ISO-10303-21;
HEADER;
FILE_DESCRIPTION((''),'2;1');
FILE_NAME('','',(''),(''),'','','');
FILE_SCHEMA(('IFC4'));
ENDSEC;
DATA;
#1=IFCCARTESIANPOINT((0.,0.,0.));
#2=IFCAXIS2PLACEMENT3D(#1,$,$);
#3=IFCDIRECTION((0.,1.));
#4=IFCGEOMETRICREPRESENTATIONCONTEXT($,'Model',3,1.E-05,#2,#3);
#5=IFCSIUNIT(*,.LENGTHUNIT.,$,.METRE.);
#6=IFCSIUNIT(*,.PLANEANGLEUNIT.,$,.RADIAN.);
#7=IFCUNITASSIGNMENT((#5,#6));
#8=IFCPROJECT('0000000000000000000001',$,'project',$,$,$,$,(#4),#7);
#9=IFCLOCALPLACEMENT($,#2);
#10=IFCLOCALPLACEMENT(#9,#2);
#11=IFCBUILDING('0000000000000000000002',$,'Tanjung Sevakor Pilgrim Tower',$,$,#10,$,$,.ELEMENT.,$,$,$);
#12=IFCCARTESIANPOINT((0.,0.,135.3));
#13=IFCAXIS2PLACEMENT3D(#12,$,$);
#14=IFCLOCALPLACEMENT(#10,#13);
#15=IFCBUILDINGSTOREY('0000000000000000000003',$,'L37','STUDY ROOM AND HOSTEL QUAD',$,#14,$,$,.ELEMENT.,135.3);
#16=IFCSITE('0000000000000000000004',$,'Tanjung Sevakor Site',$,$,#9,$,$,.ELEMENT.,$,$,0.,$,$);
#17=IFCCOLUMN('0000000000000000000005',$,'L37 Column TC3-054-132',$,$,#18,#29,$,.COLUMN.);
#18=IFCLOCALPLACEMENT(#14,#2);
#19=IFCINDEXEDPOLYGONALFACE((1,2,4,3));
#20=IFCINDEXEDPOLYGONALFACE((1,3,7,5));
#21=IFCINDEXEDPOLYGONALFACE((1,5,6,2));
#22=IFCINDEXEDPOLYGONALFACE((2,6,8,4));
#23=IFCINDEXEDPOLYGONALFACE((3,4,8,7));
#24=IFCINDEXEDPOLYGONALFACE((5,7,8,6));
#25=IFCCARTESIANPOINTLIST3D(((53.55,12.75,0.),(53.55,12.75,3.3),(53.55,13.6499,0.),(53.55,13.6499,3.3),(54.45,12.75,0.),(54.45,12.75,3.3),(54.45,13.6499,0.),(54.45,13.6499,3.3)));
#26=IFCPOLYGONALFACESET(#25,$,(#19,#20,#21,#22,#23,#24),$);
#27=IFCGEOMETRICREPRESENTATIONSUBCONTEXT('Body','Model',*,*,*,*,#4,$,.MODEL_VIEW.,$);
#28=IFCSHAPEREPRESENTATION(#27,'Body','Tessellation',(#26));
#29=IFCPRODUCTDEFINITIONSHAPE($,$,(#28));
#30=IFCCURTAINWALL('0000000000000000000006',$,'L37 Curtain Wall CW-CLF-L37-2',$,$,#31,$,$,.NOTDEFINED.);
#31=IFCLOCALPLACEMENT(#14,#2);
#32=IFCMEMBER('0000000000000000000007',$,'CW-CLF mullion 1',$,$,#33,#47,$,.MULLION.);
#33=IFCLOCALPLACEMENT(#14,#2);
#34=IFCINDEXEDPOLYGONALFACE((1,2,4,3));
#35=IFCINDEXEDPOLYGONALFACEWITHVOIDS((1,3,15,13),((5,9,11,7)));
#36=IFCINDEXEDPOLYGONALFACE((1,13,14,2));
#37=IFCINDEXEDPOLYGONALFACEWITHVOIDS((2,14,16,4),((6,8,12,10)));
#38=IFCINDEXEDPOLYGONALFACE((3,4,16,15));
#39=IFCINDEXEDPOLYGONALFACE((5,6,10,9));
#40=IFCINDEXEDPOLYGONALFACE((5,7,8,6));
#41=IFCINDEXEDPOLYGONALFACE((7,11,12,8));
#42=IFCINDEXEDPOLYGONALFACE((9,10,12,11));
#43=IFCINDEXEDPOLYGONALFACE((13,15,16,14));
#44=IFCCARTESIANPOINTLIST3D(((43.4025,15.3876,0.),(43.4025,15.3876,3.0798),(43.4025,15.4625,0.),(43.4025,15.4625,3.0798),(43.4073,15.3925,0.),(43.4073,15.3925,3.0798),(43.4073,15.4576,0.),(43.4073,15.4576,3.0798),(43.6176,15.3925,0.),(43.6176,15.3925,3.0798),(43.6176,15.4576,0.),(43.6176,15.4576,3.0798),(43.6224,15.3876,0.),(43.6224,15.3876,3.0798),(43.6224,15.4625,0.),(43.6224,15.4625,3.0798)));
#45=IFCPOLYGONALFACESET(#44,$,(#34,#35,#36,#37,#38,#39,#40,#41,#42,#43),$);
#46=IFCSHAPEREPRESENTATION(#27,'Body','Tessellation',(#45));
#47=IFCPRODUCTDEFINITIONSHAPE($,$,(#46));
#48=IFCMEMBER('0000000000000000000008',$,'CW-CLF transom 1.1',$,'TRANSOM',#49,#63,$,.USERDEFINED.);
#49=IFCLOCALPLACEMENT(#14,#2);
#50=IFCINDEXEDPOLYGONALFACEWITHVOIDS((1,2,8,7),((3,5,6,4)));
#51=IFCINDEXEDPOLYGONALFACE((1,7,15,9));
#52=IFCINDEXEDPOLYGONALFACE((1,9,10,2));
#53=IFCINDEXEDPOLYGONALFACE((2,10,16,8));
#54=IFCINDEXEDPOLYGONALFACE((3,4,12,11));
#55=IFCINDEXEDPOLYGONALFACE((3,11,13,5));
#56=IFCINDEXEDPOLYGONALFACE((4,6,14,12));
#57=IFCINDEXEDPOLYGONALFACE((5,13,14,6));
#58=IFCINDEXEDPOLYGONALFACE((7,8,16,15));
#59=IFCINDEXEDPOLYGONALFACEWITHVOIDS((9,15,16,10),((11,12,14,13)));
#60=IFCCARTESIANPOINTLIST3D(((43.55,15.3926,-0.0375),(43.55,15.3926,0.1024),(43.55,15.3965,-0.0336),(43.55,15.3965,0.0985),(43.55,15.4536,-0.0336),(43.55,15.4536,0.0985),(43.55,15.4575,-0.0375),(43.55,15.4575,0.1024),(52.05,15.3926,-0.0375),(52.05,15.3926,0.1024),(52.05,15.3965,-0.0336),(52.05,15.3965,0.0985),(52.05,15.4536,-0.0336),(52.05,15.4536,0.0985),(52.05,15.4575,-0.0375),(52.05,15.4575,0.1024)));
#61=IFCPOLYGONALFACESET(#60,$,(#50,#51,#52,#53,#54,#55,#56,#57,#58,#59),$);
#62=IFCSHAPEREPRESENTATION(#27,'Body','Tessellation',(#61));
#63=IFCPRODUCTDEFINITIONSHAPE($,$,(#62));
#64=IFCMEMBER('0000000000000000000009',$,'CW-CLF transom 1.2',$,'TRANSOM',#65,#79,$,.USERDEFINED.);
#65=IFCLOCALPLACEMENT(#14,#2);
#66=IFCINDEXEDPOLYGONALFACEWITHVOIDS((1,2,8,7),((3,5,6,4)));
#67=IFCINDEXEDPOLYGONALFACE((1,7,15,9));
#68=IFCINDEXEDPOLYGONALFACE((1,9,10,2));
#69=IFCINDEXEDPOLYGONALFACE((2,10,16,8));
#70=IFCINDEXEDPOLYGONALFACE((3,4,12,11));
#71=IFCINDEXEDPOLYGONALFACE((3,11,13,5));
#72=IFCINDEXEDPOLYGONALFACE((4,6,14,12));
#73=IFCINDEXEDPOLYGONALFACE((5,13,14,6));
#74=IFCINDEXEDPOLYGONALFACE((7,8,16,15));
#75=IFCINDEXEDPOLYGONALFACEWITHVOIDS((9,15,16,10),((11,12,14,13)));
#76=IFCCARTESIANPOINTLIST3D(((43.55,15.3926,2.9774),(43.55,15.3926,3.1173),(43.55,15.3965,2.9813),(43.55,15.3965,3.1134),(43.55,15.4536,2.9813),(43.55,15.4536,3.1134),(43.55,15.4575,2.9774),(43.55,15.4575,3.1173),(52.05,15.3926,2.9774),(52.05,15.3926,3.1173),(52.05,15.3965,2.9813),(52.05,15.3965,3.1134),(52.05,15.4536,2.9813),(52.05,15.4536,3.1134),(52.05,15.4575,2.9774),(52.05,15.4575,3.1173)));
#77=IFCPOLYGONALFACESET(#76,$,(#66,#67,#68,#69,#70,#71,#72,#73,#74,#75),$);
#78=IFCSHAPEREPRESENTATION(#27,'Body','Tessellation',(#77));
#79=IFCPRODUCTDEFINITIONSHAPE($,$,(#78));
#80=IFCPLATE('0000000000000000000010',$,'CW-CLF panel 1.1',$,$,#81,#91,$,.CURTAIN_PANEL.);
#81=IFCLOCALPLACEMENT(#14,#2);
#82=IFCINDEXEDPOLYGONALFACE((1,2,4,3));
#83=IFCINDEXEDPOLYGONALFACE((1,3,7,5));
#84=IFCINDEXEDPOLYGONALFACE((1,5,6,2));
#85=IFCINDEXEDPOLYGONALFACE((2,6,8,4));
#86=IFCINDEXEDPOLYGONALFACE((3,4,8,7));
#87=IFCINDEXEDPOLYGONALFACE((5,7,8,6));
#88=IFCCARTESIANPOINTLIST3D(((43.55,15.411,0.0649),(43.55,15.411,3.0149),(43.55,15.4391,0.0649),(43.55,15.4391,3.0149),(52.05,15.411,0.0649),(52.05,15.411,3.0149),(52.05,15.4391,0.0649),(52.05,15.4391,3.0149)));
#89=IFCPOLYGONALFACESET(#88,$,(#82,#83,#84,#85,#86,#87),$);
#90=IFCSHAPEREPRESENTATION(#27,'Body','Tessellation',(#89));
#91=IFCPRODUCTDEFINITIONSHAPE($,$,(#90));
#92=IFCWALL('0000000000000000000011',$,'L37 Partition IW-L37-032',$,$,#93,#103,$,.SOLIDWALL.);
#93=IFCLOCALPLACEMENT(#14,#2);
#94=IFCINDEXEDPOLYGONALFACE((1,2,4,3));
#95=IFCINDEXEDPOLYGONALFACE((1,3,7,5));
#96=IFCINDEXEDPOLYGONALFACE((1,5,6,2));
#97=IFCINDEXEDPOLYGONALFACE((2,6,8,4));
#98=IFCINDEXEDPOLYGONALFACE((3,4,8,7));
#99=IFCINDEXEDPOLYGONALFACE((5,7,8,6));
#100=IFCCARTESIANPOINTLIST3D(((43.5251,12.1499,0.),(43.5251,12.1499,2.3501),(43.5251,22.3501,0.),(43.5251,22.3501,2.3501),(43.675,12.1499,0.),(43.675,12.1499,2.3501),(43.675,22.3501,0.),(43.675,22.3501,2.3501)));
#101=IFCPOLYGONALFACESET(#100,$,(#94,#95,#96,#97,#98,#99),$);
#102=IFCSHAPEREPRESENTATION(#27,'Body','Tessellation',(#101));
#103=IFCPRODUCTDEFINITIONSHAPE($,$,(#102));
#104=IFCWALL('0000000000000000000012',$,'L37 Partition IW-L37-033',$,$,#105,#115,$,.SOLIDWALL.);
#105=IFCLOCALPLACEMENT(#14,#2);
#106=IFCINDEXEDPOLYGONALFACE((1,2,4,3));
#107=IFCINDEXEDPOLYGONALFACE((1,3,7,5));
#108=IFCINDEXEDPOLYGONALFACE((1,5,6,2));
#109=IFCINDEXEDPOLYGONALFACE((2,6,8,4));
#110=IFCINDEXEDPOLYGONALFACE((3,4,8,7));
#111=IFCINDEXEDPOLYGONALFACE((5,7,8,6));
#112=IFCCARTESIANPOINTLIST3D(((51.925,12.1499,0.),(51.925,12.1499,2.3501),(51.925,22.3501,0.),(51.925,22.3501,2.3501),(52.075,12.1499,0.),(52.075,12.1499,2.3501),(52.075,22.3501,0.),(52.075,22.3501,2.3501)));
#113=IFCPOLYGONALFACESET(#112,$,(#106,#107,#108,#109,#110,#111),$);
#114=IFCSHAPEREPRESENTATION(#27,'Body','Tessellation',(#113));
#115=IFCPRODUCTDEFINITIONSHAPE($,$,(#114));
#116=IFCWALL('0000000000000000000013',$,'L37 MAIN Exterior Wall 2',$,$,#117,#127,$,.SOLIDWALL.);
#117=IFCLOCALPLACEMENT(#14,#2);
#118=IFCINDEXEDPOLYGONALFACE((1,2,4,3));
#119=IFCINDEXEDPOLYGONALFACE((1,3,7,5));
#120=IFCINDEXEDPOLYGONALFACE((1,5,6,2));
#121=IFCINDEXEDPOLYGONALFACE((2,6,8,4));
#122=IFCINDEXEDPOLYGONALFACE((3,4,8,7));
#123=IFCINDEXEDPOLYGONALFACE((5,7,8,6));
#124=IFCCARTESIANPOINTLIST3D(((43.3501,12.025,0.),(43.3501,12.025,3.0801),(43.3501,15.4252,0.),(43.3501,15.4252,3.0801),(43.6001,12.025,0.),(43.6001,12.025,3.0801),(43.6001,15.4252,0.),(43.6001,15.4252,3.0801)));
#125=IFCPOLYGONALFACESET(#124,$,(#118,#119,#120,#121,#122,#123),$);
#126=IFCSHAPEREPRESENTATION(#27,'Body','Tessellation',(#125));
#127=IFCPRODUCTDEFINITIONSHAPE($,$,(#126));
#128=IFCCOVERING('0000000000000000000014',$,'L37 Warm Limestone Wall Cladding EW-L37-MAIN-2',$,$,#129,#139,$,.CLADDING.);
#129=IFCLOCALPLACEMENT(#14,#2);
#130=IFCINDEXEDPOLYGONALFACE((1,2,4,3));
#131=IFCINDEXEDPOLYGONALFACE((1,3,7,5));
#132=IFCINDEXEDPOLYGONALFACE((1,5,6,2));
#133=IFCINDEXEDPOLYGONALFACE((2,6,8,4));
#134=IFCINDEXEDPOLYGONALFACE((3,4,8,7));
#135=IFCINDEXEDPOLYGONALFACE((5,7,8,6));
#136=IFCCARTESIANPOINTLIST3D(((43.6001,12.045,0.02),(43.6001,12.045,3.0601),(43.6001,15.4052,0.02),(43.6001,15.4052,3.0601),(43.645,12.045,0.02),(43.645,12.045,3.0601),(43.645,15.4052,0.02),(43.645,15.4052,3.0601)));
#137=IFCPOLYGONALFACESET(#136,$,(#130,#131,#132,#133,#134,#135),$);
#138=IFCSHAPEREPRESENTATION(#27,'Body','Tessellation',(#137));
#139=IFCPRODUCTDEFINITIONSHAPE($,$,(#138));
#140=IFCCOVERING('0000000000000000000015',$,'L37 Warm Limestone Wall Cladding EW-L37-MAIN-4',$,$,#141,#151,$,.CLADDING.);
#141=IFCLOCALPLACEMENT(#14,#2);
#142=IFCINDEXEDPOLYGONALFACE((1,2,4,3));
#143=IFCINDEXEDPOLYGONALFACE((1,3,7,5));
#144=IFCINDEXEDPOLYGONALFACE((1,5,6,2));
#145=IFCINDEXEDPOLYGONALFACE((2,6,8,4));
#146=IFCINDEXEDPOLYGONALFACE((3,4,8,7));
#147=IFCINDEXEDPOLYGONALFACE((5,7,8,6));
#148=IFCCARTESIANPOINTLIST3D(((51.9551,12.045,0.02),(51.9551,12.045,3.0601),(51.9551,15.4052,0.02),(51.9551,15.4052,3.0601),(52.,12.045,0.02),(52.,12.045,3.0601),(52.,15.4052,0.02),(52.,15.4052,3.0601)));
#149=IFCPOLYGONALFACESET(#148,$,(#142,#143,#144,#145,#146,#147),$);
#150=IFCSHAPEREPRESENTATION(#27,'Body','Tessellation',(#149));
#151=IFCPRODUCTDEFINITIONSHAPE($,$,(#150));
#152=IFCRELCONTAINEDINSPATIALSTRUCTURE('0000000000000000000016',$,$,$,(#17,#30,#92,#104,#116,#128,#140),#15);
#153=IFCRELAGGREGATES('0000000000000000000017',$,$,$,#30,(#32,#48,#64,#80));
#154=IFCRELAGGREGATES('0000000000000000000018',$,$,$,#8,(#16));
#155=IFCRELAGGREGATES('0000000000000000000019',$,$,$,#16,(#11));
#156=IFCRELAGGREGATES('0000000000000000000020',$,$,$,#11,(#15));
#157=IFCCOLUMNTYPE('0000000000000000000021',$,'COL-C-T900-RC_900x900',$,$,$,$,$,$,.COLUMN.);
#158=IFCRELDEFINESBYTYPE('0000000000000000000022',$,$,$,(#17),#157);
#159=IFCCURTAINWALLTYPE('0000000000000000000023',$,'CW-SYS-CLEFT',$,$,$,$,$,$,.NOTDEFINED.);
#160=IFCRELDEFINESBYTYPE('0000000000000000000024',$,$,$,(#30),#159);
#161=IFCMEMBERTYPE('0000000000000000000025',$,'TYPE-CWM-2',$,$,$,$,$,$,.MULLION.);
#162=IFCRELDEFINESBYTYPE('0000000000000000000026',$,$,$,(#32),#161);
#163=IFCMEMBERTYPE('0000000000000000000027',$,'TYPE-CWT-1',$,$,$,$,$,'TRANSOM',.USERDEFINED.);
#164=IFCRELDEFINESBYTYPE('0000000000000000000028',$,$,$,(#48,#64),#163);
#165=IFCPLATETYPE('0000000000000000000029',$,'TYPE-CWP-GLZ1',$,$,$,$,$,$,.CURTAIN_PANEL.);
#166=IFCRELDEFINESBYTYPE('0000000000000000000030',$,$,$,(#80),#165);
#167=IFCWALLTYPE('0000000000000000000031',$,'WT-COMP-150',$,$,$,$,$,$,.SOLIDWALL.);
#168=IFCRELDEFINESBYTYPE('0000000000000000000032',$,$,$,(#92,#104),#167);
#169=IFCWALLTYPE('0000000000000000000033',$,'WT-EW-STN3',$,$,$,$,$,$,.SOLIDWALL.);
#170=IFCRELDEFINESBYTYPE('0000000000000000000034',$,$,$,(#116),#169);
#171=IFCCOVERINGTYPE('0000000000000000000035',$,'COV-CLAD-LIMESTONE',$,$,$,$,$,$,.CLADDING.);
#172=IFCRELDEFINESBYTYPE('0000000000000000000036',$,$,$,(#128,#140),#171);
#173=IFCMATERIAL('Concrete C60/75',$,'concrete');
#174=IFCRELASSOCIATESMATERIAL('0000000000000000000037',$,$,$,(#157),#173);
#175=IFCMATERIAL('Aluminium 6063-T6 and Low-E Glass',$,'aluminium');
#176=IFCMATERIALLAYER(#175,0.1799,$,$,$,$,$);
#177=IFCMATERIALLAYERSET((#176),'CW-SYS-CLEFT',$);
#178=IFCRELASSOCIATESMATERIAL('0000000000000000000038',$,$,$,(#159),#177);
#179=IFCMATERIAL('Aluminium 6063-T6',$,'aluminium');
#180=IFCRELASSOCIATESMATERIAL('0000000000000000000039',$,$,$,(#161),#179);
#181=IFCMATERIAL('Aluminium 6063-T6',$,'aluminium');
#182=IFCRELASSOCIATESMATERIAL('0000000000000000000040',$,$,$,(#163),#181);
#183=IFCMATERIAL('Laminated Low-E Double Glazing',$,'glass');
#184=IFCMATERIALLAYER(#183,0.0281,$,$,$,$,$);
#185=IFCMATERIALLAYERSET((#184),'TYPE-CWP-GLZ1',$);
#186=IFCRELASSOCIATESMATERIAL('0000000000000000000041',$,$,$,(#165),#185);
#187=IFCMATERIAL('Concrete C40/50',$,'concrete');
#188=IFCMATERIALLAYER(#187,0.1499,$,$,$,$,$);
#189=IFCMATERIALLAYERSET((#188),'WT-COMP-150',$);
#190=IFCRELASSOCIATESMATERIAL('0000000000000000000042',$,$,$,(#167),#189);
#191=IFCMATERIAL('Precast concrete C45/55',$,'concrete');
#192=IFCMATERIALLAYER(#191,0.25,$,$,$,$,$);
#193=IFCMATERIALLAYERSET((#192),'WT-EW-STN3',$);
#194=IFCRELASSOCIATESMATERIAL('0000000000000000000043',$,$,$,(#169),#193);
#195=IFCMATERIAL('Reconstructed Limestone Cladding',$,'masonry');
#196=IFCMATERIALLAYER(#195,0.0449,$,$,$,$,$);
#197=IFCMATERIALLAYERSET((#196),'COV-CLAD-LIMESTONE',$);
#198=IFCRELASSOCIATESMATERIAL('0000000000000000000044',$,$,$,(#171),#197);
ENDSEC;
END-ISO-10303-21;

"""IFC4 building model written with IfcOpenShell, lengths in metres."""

from ifc_helpers import new_model, si_unit, direction, frame, frame_2d, origin, origin_2d, place, context, subcontext, project, spatial, rectangle, hollow_rectangle, extrude, material, layer, layer_set, material_profile, profile_set, type_object, element, aggregate, save


model = new_model("IFC4")

# Units and contexts
model_context = context("Model", 3, precision=1e-05, world=origin(), true_north=direction((0.0, 1.0)))
body_context = subcontext(model_context, "Body", "Model", "MODEL_VIEW")
ifc_project = project(units=[si_unit("LENGTHUNIT", "METRE"), si_unit("PLANEANGLEUNIT", "RADIAN")], contexts=[model_context])

# Site, building, storey
site_placement = place(None, origin())
site = spatial("IfcSite", under=ifc_project, at=site_placement, Name="Tanjung Sevakor Site", CompositionType="ELEMENT", RefElevation=0.0)
building_placement = place(site_placement, origin())
building = spatial("IfcBuilding", under=site, at=building_placement, Name="Tanjung Sevakor Pilgrim Tower", CompositionType="ELEMENT")
storey_placement = place(building_placement, frame((0.0, 0.0, 135.3)))
storey = spatial("IfcBuildingStorey", under=building, at=storey_placement, Name="L37", Description="STUDY ROOM AND HOSTEL QUAD", CompositionType="ELEMENT", Elevation=135.3)

# Column
ifc_material_1 = material(Name="Concrete C60/75", Category="concrete")
ifc_material_profile_1 = material_profile(ifc_material_1, rectangle(XDim=0.8999, YDim=0.8999, at=origin_2d()))
ifc_profile_set_1 = profile_set([ifc_material_profile_1], Name="Concrete C60/75")
column_type = type_object("IfcColumnType", Name="COL-C-T900-RC_900x900", PredefinedType="COLUMN", material=ifc_profile_set_1)
column_placement = place(storey_placement, frame((54.0, 13.2, 0.0), z_axis=(0.0, 0.0, 1.0), x_axis=(1.0, 0.0, 0.0)))
element("IfcColumn", 1, at=column_placement, inside=storey, type_object=column_type, Name="L37 Column TC3-054-132", PredefinedType="COLUMN", context=body_context, shape_type="SweptSolid", body=[
    extrude(rectangle(XDim=0.8999, YDim=0.8999, at=origin_2d()), origin(), (0.0, 0.0, 1.0), 3.3),
])

# Curtain wall, members, plate
ifc_material_2 = material(Name="Aluminium 6063-T6 and Low-E Glass", Category="aluminium")
ifc_layer_1 = layer(ifc_material_2, 0.1799)
ifc_layer_set_1 = layer_set([ifc_layer_1], Name="CW-SYS-CLEFT")
curtain_wall_type = type_object("IfcCurtainWallType", Name="CW-SYS-CLEFT", PredefinedType="NOTDEFINED", material=ifc_layer_set_1)
curtain_wall_placement = place(storey_placement, origin())
curtain_wall = element("IfcCurtainWall", 2, at=curtain_wall_placement, inside=storey, type_object=curtain_wall_type, Name="L37 Curtain Wall CW-CLF-L37-2", PredefinedType="NOTDEFINED")
ifc_material_3 = material(Name="Aluminium 6063-T6", Category="aluminium")
ifc_material_profile_2 = material_profile(ifc_material_3, hollow_rectangle(XDim=0.075, YDim=0.22, WallThickness=0.0049, at=origin_2d()))
ifc_profile_set_2 = profile_set([ifc_material_profile_2], Name="Aluminium 6063-T6")
member_type_1 = type_object("IfcMemberType", Name="TYPE-CWM-2", PredefinedType="MULLION", material=ifc_profile_set_2)
member_1_placement = place(storey_placement, frame((43.5125, 15.425, 0.0), z_axis=(0.0, 0.0, 1.0), x_axis=(0.0, 1.0, 0.0)))
member_1 = element("IfcMember", 3, at=member_1_placement, type_object=member_type_1, Name="CW-CLF mullion 1", PredefinedType="MULLION", context=body_context, shape_type="SweptSolid", body=[
    extrude(hollow_rectangle(XDim=0.075, YDim=0.22, WallThickness=0.0049, at=origin_2d()), origin(), (0.0, 0.0, 1.0), 3.0798),
])
ifc_material_4 = material(Name="Aluminium 6063-T6", Category="aluminium")
ifc_material_profile_3 = material_profile(ifc_material_4, hollow_rectangle(XDim=0.0649, YDim=0.1399, WallThickness=0.0039, at=origin_2d()))
ifc_profile_set_3 = profile_set([ifc_material_profile_3], Name="Aluminium 6063-T6")
member_type_2 = type_object("IfcMemberType", Name="TYPE-CWT-1", ElementType="TRANSOM", PredefinedType="USERDEFINED", material=ifc_profile_set_3)
member_2_placement = place(storey_placement, frame((43.55, 15.425, 0.0325), z_axis=(1.0, 0.0, 0.0), x_axis=(0.0, 1.0, 0.0)))
member_2 = element("IfcMember", 4, at=member_2_placement, type_object=member_type_2, Name="CW-CLF transom 1.1", ObjectType="TRANSOM", PredefinedType="USERDEFINED", context=body_context, shape_type="SweptSolid", body=[
    extrude(hollow_rectangle(XDim=0.0649, YDim=0.1399, WallThickness=0.0039, at=origin_2d()), origin(), (0.0, 0.0, 1.0), 8.5),
])
member_3_placement = place(storey_placement, frame((43.55, 15.425, 3.0474), z_axis=(1.0, 0.0, 0.0), x_axis=(0.0, 1.0, 0.0)))
member_3 = element("IfcMember", 5, at=member_3_placement, type_object=member_type_2, Name="CW-CLF transom 1.2", ObjectType="TRANSOM", PredefinedType="USERDEFINED", context=body_context, shape_type="SweptSolid", body=[
    extrude(hollow_rectangle(XDim=0.0649, YDim=0.1399, WallThickness=0.0039, at=origin_2d()), origin(), (0.0, 0.0, 1.0), 8.5),
])
ifc_material_5 = material(Name="Laminated Low-E Double Glazing", Category="glass")
ifc_layer_2 = layer(ifc_material_5, 0.0281)
ifc_layer_set_2 = layer_set([ifc_layer_2], Name="TYPE-CWP-GLZ1")
plate_type = type_object("IfcPlateType", Name="TYPE-CWP-GLZ1", PredefinedType="CURTAIN_PANEL", material=ifc_layer_set_2)
plate_placement = place(storey_placement, frame((47.8, 15.425, 0.0649), z_axis=(0.0, 0.0, 1.0), x_axis=(1.0, 0.0, 0.0)))
plate = element("IfcPlate", 6, at=plate_placement, type_object=plate_type, Name="CW-CLF panel 1.1", PredefinedType="CURTAIN_PANEL", context=body_context, shape_type="SweptSolid", body=[
    extrude(rectangle(XDim=8.5, YDim=0.0281, at=origin_2d()), origin(), (0.0, 0.0, 1.0), 2.95),
])
aggregate(curtain_wall, [member_1, member_2, member_3, plate])

# Walls
ifc_material_6 = material(Name="Concrete C40/50", Category="concrete")
ifc_layer_3 = layer(ifc_material_6, 0.1499)
ifc_layer_set_3 = layer_set([ifc_layer_3], Name="WT-COMP-150")
wall_type_1 = type_object("IfcWallType", Name="WT-COMP-150", PredefinedType="SOLIDWALL", material=ifc_layer_set_3)
for number, where, z_axis, x_axis, name in (
    (7, (43.6001, 12.1499, 0.0), (0.0, 0.0, 1.0), (0.0, 1.0, 0.0), "L37 Partition IW-L37-032"),
    (8, (52.0, 12.1499, 0.0), (0.0, 0.0, 1.0), (0.0, 1.0, 0.0), "L37 Partition IW-L37-033"),
):
    element("IfcWall", number, at=place(storey_placement, frame(where, z_axis=z_axis, x_axis=x_axis)), inside=storey, type_object=wall_type_1, Name=name, PredefinedType="SOLIDWALL", context=body_context, shape_type="SweptSolid", body=[
        extrude(rectangle(XDim=10.2002, YDim=0.1499, at=frame_2d((5.1001, 0.0))), origin(), (0.0, 0.0, 1.0), 2.3501),
    ])
ifc_material_7 = material(Name="Precast concrete C45/55", Category="concrete")
ifc_layer_4 = layer(ifc_material_7, 0.25)
ifc_layer_set_4 = layer_set([ifc_layer_4], Name="WT-EW-STN3")
wall_type_2 = type_object("IfcWallType", Name="WT-EW-STN3", PredefinedType="SOLIDWALL", material=ifc_layer_set_4)
wall_1_placement = place(storey_placement, frame((43.4751, 12.0249, 0.0), z_axis=(0.0, 0.0, 1.0), x_axis=(0.0, 1.0, 0.0)))
element("IfcWall", 9, at=wall_1_placement, inside=storey, type_object=wall_type_2, Name="L37 MAIN Exterior Wall 2", PredefinedType="SOLIDWALL", context=body_context, shape_type="SweptSolid", body=[
    extrude(rectangle(XDim=3.4001, YDim=0.25, at=frame_2d((1.7002, 0.0))), origin(), (0.0, 0.0, 1.0), 3.0801),
])

# Coverings
ifc_material_8 = material(Name="Reconstructed Limestone Cladding", Category="masonry")
ifc_layer_5 = layer(ifc_material_8, 0.0449)
ifc_layer_set_5 = layer_set([ifc_layer_5], Name="COV-CLAD-LIMESTONE")
covering_type = type_object("IfcCoveringType", Name="COV-CLAD-LIMESTONE", PredefinedType="CLADDING", material=ifc_layer_set_5)
for number, where, z_axis, x_axis, name in (
    (10, (43.6226, 13.7251, 0.02), (0.0, 0.0, 1.0), (0.0, 1.0, 0.0), "L37 Warm Limestone Wall Cladding EW-L37-MAIN-2"),
    (11, (51.9775, 13.7251, 0.02), (0.0, 0.0, 1.0), (0.0, -1.0, 0.0), "L37 Warm Limestone Wall Cladding EW-L37-MAIN-4"),
):
    element("IfcCovering", number, at=place(storey_placement, frame(where, z_axis=z_axis, x_axis=x_axis)), inside=storey, type_object=covering_type, Name=name, PredefinedType="CLADDING", context=body_context, shape_type="SweptSolid", body=[
        extrude(rectangle(XDim=3.3601, YDim=0.0449, at=origin_2d()), origin(), (0.0, 0.0, 1.0), 3.04),
    ])

save(model, "model.ifc")
